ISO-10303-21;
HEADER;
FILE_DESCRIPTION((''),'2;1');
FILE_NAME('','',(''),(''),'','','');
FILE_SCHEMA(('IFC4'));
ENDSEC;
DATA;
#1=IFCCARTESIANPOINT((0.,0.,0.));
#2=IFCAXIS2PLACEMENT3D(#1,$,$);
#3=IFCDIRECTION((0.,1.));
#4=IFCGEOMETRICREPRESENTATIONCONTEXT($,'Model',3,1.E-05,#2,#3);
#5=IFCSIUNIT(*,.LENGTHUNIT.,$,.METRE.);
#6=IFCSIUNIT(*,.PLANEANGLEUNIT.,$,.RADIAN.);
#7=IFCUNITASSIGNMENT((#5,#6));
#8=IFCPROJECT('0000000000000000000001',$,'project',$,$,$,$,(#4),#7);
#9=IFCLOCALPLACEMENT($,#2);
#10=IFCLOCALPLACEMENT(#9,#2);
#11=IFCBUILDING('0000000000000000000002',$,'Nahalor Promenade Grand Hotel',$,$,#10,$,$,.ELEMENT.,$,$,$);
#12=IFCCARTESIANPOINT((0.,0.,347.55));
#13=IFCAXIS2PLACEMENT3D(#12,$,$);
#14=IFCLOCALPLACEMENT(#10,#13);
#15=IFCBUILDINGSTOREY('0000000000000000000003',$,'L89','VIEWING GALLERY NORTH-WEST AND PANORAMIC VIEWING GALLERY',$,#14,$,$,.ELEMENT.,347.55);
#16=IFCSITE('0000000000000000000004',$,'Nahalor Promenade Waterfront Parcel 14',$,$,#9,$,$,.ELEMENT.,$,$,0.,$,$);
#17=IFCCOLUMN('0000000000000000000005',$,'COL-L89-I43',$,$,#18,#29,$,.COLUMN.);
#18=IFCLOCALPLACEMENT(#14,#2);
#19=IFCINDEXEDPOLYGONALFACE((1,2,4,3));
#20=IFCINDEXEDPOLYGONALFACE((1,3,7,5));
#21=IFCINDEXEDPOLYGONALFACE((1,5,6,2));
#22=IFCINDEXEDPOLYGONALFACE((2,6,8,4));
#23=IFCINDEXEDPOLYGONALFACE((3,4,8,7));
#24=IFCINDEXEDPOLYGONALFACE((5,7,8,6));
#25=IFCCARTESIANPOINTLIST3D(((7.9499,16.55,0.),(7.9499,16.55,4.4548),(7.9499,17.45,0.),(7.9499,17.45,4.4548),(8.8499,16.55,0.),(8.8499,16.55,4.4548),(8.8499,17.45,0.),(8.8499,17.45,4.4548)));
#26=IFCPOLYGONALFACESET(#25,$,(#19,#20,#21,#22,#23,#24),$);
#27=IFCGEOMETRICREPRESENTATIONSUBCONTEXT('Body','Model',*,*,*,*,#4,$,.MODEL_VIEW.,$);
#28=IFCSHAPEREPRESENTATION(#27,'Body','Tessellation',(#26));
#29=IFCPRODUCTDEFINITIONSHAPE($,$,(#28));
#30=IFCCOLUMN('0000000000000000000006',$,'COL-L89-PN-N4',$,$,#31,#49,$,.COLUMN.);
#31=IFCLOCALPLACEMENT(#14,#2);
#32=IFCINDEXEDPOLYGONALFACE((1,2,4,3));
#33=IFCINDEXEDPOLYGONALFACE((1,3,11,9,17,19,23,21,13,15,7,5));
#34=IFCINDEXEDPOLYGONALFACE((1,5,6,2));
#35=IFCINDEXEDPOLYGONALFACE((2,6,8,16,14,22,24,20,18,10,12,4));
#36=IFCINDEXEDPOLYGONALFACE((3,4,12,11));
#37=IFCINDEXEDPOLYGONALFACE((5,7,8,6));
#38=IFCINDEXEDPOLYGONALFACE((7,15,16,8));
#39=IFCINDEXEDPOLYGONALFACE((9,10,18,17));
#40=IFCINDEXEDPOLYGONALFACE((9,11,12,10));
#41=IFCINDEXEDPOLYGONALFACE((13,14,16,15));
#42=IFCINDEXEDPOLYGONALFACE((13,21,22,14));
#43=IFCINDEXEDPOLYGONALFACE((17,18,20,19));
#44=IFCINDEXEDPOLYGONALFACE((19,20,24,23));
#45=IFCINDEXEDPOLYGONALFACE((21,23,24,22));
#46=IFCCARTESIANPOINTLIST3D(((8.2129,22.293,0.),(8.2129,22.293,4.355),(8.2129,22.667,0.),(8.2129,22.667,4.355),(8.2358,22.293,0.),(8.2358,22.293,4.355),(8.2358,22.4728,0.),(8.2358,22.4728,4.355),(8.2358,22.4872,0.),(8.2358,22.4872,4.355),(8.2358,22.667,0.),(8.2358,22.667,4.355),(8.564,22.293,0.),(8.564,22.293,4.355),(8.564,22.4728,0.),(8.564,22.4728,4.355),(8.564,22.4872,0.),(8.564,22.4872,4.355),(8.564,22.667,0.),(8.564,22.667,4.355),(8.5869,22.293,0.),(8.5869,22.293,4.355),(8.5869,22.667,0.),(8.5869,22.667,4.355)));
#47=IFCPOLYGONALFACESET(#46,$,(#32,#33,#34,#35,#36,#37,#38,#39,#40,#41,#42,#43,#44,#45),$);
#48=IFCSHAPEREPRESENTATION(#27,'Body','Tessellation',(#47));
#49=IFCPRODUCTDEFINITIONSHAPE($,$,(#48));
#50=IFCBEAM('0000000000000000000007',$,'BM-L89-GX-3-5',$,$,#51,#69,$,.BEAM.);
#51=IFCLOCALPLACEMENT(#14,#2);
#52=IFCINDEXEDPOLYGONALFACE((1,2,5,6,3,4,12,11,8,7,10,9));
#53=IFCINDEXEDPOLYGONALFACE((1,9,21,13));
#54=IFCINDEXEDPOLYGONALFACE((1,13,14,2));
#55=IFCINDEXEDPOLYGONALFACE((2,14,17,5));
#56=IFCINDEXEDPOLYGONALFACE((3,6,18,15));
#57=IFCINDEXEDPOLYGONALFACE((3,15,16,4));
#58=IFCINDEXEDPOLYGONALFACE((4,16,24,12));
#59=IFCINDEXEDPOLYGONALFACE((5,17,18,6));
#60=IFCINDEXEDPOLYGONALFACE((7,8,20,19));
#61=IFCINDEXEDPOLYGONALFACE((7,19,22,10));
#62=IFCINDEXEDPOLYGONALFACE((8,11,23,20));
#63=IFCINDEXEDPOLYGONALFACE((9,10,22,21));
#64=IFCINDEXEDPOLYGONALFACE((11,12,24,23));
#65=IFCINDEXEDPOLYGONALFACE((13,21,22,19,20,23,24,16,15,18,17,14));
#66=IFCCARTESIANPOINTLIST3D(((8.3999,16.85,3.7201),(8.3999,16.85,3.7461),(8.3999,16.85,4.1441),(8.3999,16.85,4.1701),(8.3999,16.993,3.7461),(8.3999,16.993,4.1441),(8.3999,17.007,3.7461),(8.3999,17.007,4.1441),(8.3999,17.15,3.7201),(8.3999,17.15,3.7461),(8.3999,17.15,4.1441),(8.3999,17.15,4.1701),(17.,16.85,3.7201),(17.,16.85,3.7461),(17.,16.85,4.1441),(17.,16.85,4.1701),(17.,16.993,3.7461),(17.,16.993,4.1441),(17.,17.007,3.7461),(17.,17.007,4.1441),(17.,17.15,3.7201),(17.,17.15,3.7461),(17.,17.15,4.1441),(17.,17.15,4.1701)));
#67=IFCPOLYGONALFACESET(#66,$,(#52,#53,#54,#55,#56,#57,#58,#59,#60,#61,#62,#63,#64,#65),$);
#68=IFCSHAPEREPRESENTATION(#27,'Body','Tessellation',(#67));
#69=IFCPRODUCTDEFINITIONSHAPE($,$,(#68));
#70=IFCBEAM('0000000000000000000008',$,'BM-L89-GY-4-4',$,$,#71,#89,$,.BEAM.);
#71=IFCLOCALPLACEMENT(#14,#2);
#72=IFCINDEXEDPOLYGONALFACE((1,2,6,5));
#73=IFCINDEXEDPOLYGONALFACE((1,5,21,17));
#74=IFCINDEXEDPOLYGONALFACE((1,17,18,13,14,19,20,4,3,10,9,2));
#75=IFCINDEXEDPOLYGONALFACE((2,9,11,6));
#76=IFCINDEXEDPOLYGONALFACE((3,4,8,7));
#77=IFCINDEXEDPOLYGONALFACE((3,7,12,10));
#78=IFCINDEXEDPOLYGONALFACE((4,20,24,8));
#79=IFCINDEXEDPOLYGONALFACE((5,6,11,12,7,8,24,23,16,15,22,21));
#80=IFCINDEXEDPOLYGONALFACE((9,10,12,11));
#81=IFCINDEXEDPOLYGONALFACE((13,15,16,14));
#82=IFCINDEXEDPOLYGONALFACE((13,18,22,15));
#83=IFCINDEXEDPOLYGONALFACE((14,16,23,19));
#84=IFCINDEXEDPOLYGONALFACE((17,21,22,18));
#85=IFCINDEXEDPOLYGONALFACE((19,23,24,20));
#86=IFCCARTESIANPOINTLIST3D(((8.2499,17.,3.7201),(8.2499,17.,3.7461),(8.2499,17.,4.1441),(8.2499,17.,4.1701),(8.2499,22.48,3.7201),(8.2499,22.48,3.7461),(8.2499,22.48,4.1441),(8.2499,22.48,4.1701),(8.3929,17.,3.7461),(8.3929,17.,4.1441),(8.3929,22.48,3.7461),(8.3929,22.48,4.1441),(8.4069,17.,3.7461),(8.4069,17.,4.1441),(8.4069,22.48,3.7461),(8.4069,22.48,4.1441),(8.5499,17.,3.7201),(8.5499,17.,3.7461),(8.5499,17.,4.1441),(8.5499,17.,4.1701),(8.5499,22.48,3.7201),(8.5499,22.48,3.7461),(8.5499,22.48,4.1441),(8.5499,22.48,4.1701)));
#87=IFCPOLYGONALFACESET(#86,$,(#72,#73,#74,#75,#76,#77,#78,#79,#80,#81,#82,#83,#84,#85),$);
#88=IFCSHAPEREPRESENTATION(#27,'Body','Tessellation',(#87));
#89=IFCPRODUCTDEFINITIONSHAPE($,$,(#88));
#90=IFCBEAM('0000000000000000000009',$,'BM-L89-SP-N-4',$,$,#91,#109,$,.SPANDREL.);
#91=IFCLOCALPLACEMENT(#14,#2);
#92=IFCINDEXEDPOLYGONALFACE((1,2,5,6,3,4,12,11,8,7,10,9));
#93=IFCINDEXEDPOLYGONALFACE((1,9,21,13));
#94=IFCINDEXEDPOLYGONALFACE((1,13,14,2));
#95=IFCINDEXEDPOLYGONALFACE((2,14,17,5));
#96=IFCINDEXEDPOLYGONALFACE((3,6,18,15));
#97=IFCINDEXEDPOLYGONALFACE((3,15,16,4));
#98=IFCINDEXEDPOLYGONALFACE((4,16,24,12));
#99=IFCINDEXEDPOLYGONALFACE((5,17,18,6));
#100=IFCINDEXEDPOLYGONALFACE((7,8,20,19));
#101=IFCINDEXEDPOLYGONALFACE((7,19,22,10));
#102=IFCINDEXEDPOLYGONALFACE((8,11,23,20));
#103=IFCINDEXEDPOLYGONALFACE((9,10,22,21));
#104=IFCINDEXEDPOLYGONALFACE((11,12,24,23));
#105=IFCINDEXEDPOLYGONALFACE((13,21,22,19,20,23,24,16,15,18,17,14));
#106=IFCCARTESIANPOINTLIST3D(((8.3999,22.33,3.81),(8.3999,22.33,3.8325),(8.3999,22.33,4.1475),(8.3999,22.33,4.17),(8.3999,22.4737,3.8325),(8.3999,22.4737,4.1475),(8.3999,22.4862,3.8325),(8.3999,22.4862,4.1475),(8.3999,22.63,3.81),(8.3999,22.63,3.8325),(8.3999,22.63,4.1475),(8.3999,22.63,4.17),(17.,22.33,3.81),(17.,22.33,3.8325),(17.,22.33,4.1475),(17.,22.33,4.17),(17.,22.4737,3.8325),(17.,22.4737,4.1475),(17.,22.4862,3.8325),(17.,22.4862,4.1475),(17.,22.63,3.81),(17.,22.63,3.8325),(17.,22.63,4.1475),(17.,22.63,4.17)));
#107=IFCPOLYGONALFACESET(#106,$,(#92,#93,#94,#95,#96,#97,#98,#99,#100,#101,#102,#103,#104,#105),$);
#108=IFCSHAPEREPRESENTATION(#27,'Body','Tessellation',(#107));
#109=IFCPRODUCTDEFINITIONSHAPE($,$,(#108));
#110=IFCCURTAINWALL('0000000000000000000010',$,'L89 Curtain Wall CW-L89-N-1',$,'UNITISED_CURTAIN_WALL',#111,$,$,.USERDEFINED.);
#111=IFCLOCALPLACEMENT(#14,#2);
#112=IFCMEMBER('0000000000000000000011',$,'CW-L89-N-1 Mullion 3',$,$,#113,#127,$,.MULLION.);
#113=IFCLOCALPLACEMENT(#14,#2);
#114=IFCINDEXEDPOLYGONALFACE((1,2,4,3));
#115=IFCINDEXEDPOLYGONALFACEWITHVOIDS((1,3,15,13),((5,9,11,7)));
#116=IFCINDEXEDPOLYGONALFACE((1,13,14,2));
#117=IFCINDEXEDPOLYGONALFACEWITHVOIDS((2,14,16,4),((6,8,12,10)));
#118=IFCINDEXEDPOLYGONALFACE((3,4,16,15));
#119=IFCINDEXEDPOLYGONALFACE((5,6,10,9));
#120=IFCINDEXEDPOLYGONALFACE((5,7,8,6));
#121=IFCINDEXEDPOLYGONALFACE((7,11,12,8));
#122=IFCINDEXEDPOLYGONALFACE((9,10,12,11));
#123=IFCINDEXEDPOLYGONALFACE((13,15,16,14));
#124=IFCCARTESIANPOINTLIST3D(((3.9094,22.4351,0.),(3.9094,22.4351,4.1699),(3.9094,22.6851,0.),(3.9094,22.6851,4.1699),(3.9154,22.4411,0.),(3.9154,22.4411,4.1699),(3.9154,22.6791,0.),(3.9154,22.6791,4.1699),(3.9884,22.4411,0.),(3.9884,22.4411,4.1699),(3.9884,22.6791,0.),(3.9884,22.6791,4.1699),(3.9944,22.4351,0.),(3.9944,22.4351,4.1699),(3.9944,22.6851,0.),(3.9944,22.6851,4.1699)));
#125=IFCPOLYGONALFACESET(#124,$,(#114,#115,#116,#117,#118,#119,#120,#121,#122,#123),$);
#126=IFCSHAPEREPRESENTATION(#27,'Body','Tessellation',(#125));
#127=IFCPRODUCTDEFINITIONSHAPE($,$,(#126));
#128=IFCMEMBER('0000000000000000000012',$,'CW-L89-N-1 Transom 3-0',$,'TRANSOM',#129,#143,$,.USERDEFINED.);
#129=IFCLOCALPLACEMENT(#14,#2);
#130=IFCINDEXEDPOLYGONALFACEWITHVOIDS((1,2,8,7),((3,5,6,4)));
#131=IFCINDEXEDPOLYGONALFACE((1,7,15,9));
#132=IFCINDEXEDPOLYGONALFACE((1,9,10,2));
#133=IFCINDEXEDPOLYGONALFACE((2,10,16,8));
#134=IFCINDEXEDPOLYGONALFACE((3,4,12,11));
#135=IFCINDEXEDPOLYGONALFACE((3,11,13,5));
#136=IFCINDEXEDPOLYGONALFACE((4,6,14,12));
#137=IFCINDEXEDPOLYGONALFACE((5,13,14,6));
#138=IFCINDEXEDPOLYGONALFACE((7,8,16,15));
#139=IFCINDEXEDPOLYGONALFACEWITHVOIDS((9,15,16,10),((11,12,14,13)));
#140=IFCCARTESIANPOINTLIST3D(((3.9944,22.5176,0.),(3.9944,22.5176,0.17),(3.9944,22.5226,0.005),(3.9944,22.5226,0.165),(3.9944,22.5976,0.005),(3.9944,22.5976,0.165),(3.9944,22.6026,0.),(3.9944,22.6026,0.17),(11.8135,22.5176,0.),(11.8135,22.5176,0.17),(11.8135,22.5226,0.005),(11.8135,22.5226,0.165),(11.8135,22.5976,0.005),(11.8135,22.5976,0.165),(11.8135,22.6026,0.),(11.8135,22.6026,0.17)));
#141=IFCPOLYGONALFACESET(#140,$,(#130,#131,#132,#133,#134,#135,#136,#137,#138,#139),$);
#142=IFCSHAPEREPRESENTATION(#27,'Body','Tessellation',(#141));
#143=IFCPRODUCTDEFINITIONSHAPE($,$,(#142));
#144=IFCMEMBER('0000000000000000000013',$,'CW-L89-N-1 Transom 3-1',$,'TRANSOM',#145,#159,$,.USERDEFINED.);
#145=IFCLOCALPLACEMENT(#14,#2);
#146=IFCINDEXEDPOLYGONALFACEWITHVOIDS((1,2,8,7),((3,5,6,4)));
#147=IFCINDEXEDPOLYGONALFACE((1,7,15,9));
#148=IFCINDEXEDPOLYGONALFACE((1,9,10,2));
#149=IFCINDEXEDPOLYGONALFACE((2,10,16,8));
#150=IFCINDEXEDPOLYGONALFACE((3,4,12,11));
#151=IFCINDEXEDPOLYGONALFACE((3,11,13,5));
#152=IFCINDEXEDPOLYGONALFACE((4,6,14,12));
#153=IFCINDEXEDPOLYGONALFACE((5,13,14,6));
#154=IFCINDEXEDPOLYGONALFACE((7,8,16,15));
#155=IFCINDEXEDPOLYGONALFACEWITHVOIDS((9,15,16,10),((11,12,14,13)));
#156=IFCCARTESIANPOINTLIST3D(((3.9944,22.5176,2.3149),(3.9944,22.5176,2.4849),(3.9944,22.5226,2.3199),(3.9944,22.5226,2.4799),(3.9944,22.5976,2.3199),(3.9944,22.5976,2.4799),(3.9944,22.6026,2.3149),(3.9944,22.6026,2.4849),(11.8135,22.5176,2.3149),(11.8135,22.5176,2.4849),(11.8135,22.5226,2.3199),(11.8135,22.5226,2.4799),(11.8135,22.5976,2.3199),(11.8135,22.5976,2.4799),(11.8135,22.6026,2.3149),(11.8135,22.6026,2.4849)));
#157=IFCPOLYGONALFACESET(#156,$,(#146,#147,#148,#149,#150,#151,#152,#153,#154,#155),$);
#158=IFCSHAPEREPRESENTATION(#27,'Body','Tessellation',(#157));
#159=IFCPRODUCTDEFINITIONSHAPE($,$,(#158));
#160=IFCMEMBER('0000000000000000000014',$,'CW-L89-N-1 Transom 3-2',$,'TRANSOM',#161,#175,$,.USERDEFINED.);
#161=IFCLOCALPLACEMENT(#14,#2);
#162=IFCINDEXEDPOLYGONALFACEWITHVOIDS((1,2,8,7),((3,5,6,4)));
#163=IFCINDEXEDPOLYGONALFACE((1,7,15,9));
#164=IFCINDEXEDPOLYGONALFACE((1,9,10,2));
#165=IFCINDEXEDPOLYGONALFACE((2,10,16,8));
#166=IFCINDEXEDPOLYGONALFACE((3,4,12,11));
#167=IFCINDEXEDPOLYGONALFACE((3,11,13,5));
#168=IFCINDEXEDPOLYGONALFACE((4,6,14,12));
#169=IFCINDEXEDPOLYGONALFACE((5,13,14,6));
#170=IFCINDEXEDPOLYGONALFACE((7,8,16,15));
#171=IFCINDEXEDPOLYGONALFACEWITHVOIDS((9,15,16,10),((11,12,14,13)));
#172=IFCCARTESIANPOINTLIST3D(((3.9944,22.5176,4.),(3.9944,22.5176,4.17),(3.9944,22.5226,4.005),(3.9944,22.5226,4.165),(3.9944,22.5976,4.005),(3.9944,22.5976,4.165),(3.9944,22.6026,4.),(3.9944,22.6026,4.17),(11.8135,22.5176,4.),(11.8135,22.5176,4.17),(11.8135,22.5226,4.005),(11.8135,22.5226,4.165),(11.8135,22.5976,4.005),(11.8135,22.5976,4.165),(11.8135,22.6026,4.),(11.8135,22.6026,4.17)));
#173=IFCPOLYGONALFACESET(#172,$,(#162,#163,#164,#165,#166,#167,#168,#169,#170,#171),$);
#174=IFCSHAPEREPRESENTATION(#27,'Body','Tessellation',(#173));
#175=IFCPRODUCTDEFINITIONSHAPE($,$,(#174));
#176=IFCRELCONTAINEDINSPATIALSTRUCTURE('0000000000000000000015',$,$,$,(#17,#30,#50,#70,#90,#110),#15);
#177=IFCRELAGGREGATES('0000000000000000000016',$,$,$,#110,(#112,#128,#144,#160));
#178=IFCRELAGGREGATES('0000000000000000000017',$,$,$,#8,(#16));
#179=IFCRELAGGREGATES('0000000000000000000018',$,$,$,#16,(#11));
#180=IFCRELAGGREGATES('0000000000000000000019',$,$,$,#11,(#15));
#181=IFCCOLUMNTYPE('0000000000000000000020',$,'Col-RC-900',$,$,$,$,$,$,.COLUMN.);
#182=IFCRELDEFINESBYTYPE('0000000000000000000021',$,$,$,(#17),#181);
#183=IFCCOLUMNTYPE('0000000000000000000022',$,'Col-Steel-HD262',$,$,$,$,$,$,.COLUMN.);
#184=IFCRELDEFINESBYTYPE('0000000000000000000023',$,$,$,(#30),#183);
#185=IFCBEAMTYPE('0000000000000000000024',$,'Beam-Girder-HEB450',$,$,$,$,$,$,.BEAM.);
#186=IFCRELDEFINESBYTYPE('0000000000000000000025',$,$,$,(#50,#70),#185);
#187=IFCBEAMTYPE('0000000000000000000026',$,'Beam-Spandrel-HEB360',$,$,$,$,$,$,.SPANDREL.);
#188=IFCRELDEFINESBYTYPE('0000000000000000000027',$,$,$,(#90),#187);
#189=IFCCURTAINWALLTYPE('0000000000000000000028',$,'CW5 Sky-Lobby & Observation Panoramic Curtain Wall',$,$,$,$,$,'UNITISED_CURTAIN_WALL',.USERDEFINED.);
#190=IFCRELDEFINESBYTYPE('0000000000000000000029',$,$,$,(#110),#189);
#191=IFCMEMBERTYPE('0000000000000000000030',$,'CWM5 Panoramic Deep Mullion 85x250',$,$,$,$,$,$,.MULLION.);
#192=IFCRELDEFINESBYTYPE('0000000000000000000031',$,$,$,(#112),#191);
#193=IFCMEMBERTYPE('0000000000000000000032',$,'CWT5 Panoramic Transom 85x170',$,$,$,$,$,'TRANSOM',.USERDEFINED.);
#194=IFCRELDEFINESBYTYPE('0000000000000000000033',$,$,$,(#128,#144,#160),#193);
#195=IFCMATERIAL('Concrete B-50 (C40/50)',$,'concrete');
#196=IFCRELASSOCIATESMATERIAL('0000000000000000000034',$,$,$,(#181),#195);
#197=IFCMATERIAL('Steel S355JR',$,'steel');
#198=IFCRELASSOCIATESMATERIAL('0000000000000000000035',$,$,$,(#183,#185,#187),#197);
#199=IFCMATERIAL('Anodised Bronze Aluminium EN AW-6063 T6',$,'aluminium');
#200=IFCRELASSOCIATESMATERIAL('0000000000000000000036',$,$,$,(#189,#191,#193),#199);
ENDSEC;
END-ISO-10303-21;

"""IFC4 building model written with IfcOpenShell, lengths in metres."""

from ifc_helpers import new_model, si_unit, direction, frame, origin, origin_2d, place, context, subcontext, project, spatial, rectangle, hollow_rectangle, i_section, extrude, source, transform, mapped, material, material_profile, profile_set, type_object, element, aggregate, save


model = new_model("IFC4")

# Units and contexts
model_context = context("Model", 3, precision=1e-05, world=origin(), true_north=direction((0.0, 1.0)))
body_context = subcontext(model_context, "Body", "Model", "MODEL_VIEW")
ifc_project = project(units=[si_unit("LENGTHUNIT", "METRE"), si_unit("PLANEANGLEUNIT", "RADIAN")], contexts=[model_context])

# Site, building, storey
site_placement = place(None, origin())
site = spatial("IfcSite", under=ifc_project, at=site_placement, Name="Nahalor Promenade Waterfront Parcel 14", CompositionType="ELEMENT", RefElevation=0.0)
building_placement = place(site_placement, origin())
building = spatial("IfcBuilding", under=site, at=building_placement, Name="Nahalor Promenade Grand Hotel", CompositionType="ELEMENT")
storey_placement = place(building_placement, frame((0.0, 0.0, 347.55)))
storey = spatial("IfcBuildingStorey", under=building, at=storey_placement, Name="L89", Description="VIEWING GALLERY NORTH-WEST AND PANORAMIC VIEWING GALLERY", CompositionType="ELEMENT", Elevation=347.55)

# Columns
ifc_material_1 = material(Name="Concrete B-50 (C40/50)", Category="concrete")
ifc_material_profile_1 = material_profile(ifc_material_1, rectangle(XDim=0.9, YDim=0.9, at=origin_2d()), Name="RC 900x900")
ifc_profile_set_1 = profile_set([ifc_material_profile_1], Name="Concrete B-50 (C40/50)")
column_type_1 = type_object("IfcColumnType", Name="Col-RC-900", PredefinedType="COLUMN", material=ifc_profile_set_1)
shared_shape_1 = source(origin(), body_context, "Body", "SweptSolid", [
    extrude(rectangle(XDim=0.9, YDim=0.9, at=origin_2d()), origin(), (0.0, 0.0, 1.0), 4.4548),
])
column_1_placement = place(storey_placement, frame((8.3999, 17.0, 0.0), z_axis=(0.0, 0.0, 1.0), x_axis=(1.0, 0.0, 0.0)))
element("IfcColumn", 1, at=column_1_placement, inside=storey, type_object=column_type_1, Name="COL-L89-I43", PredefinedType="COLUMN", context=body_context, shape_type="MappedRepresentation", body=[
    mapped(shared_shape_1, transform((0.0, 0.0, 0.0), scale=1.0)),
])
ifc_material_2 = material(Name="Steel S355JR", Category="steel")
ifc_material_profile_2 = material_profile(ifc_material_2, i_section(OverallWidth=0.374, OverallDepth=0.374, WebThickness=0.0144, FlangeThickness=0.0229, at=origin_2d()), Name="HD 360x262")
ifc_profile_set_2 = profile_set([ifc_material_profile_2], Name="Steel S355JR")
column_type_2 = type_object("IfcColumnType", Name="Col-Steel-HD262", PredefinedType="COLUMN", material=ifc_profile_set_2)
shared_shape_2 = source(origin(), body_context, "Body", "SweptSolid", [
    extrude(i_section(OverallWidth=0.374, OverallDepth=0.374, WebThickness=0.0144, FlangeThickness=0.0229, at=origin_2d()), origin(), (0.0, 0.0, 1.0), 4.355),
])
column_2_placement = place(storey_placement, frame((8.3999, 22.48, 0.0), z_axis=(0.0, 0.0, 1.0), x_axis=(0.0, 1.0, 0.0)))
element("IfcColumn", 2, at=column_2_placement, inside=storey, type_object=column_type_2, Name="COL-L89-PN-N4", PredefinedType="COLUMN", context=body_context, shape_type="MappedRepresentation", body=[
    mapped(shared_shape_2, transform((0.0, 0.0, 0.0), scale=1.0)),
])

# Beams
ifc_material_profile_3 = material_profile(ifc_material_2, i_section(OverallWidth=0.3, OverallDepth=0.45, WebThickness=0.014, FlangeThickness=0.026, at=origin_2d()), Name="HEB 450")
ifc_profile_set_3 = profile_set([ifc_material_profile_3], Name="Steel S355JR")
beam_type_1 = type_object("IfcBeamType", Name="Beam-Girder-HEB450", PredefinedType="BEAM", material=ifc_profile_set_3)
shared_shape_3 = source(origin(), body_context, "Body", "SweptSolid", [
    extrude(i_section(OverallWidth=0.3, OverallDepth=0.45, WebThickness=0.014, FlangeThickness=0.026, at=origin_2d()), origin(), (0.0, 0.0, 1.0), 8.6001),
])
beam_1_placement = place(storey_placement, frame((8.3999, 17.0, 3.9451), z_axis=(1.0, 0.0, 0.0), x_axis=(0.0, 1.0, 0.0)))
element("IfcBeam", 3, at=beam_1_placement, inside=storey, type_object=beam_type_1, Name="BM-L89-GX-3-5", PredefinedType="BEAM", context=body_context, shape_type="MappedRepresentation", body=[
    mapped(shared_shape_3, transform((0.0, 0.0, 0.0), scale=1.0)),
])
shared_shape_4 = source(origin(), body_context, "Body", "SweptSolid", [
    extrude(i_section(OverallWidth=0.3, OverallDepth=0.45, WebThickness=0.014, FlangeThickness=0.026, at=origin_2d()), origin(), (0.0, 0.0, 1.0), 5.48),
])
beam_2_placement = place(storey_placement, frame((8.3999, 17.0, 3.9451), z_axis=(0.0, 1.0, 0.0), x_axis=(-1.0, 0.0, 0.0)))
element("IfcBeam", 4, at=beam_2_placement, inside=storey, type_object=beam_type_1, Name="BM-L89-GY-4-4", PredefinedType="BEAM", context=body_context, shape_type="MappedRepresentation", body=[
    mapped(shared_shape_4, transform((0.0, 0.0, 0.0), scale=1.0)),
])
ifc_material_profile_4 = material_profile(ifc_material_2, i_section(OverallWidth=0.3, OverallDepth=0.36, WebThickness=0.0125, FlangeThickness=0.0225, at=origin_2d()), Name="HEB 360")
ifc_profile_set_4 = profile_set([ifc_material_profile_4], Name="Steel S355JR")
beam_type_2 = type_object("IfcBeamType", Name="Beam-Spandrel-HEB360", PredefinedType="SPANDREL", material=ifc_profile_set_4)
shared_shape_5 = source(origin(), body_context, "Body", "SweptSolid", [
    extrude(i_section(OverallWidth=0.3, OverallDepth=0.36, WebThickness=0.0125, FlangeThickness=0.0225, at=origin_2d()), origin(), (0.0, 0.0, 1.0), 8.6001),
])
beam_3_placement = place(storey_placement, frame((8.3999, 22.48, 3.99), z_axis=(1.0, 0.0, 0.0), x_axis=(0.0, 1.0, 0.0)))
element("IfcBeam", 5, at=beam_3_placement, inside=storey, type_object=beam_type_2, Name="BM-L89-SP-N-4", PredefinedType="SPANDREL", context=body_context, shape_type="MappedRepresentation", body=[
    mapped(shared_shape_5, transform((0.0, 0.0, 0.0), scale=1.0)),
])

# Curtain wall, members
ifc_material_3 = material(Name="Anodised Bronze Aluminium EN AW-6063 T6", Category="aluminium")
curtain_wall_type = type_object("IfcCurtainWallType", Name="CW5 Sky-Lobby & Observation Panoramic Curtain Wall", ElementType="UNITISED_CURTAIN_WALL", PredefinedType="USERDEFINED", material=ifc_material_3)
curtain_wall_placement = place(storey_placement, origin())
curtain_wall = element("IfcCurtainWall", 6, at=curtain_wall_placement, inside=storey, type_object=curtain_wall_type, Name="L89 Curtain Wall CW-L89-N-1", ObjectType="UNITISED_CURTAIN_WALL", PredefinedType="USERDEFINED")
ifc_material_profile_5 = material_profile(ifc_material_3, hollow_rectangle(XDim=0.085, YDim=0.25, WallThickness=0.006, at=origin_2d()), Name="CWM 85x250x6")
ifc_profile_set_5 = profile_set([ifc_material_profile_5], Name="Anodised Bronze Aluminium EN AW-6063 T6")
member_type_1 = type_object("IfcMemberType", Name="CWM5 Panoramic Deep Mullion 85x250", PredefinedType="MULLION", material=ifc_profile_set_5)
shared_shape_6 = source(origin(), body_context, "Body", "SweptSolid", [
    extrude(hollow_rectangle(XDim=0.085, YDim=0.25, WallThickness=0.006, at=origin_2d()), origin(), (0.0, 0.0, 1.0), 4.1699),
])
member_1_placement = place(storey_placement, frame((3.9519, 22.5601, 0.0), z_axis=(0.0, 0.0, 1.0), x_axis=(1.0, 0.0, 0.0)))
member_1 = element("IfcMember", 7, at=member_1_placement, type_object=member_type_1, Name="CW-L89-N-1 Mullion 3", PredefinedType="MULLION", context=body_context, shape_type="MappedRepresentation", body=[
    mapped(shared_shape_6, transform((0.0, 0.0, 0.0), scale=1.0)),
])
ifc_material_profile_6 = material_profile(ifc_material_3, hollow_rectangle(XDim=0.085, YDim=0.17, WallThickness=0.005, at=origin_2d()), Name="CWT 85x170x5")
ifc_profile_set_6 = profile_set([ifc_material_profile_6], Name="Anodised Bronze Aluminium EN AW-6063 T6")
member_type_2 = type_object("IfcMemberType", Name="CWT5 Panoramic Transom 85x170", ElementType="TRANSOM", PredefinedType="USERDEFINED", material=ifc_profile_set_6)
shared_shape_7 = source(origin(), body_context, "Body", "SweptSolid", [
    extrude(hollow_rectangle(XDim=0.085, YDim=0.17, WallThickness=0.005, at=origin_2d()), origin(), (0.0, 0.0, 1.0), 7.8191),
])
member_2_placement = place(storey_placement, frame((3.9944, 22.5601, 0.085), z_axis=(1.0, 0.0, 0.0), x_axis=(0.0, 1.0, 0.0)))
member_2 = element("IfcMember", 8, at=member_2_placement, type_object=member_type_2, Name="CW-L89-N-1 Transom 3-0", ObjectType="TRANSOM", PredefinedType="USERDEFINED", context=body_context, shape_type="MappedRepresentation", body=[
    mapped(shared_shape_7, transform((0.0, 0.0, 0.0), scale=1.0)),
])
member_3_placement = place(storey_placement, frame((3.9944, 22.5601, 2.3999), z_axis=(1.0, 0.0, 0.0), x_axis=(0.0, 1.0, 0.0)))
member_3 = element("IfcMember", 9, at=member_3_placement, type_object=member_type_2, Name="CW-L89-N-1 Transom 3-1", ObjectType="TRANSOM", PredefinedType="USERDEFINED", context=body_context, shape_type="MappedRepresentation", body=[
    mapped(shared_shape_7, transform((0.0, 0.0, 0.0), scale=1.0)),
])
member_4_placement = place(storey_placement, frame((3.9944, 22.5601, 4.085), z_axis=(1.0, 0.0, 0.0), x_axis=(0.0, 1.0, 0.0)))
member_4 = element("IfcMember", 10, at=member_4_placement, type_object=member_type_2, Name="CW-L89-N-1 Transom 3-2", ObjectType="TRANSOM", PredefinedType="USERDEFINED", context=body_context, shape_type="MappedRepresentation", body=[
    mapped(shared_shape_7, transform((0.0, 0.0, 0.0), scale=1.0)),
])
aggregate(curtain_wall, [member_1, member_2, member_3, member_4])

save(model, "model.ifc")
